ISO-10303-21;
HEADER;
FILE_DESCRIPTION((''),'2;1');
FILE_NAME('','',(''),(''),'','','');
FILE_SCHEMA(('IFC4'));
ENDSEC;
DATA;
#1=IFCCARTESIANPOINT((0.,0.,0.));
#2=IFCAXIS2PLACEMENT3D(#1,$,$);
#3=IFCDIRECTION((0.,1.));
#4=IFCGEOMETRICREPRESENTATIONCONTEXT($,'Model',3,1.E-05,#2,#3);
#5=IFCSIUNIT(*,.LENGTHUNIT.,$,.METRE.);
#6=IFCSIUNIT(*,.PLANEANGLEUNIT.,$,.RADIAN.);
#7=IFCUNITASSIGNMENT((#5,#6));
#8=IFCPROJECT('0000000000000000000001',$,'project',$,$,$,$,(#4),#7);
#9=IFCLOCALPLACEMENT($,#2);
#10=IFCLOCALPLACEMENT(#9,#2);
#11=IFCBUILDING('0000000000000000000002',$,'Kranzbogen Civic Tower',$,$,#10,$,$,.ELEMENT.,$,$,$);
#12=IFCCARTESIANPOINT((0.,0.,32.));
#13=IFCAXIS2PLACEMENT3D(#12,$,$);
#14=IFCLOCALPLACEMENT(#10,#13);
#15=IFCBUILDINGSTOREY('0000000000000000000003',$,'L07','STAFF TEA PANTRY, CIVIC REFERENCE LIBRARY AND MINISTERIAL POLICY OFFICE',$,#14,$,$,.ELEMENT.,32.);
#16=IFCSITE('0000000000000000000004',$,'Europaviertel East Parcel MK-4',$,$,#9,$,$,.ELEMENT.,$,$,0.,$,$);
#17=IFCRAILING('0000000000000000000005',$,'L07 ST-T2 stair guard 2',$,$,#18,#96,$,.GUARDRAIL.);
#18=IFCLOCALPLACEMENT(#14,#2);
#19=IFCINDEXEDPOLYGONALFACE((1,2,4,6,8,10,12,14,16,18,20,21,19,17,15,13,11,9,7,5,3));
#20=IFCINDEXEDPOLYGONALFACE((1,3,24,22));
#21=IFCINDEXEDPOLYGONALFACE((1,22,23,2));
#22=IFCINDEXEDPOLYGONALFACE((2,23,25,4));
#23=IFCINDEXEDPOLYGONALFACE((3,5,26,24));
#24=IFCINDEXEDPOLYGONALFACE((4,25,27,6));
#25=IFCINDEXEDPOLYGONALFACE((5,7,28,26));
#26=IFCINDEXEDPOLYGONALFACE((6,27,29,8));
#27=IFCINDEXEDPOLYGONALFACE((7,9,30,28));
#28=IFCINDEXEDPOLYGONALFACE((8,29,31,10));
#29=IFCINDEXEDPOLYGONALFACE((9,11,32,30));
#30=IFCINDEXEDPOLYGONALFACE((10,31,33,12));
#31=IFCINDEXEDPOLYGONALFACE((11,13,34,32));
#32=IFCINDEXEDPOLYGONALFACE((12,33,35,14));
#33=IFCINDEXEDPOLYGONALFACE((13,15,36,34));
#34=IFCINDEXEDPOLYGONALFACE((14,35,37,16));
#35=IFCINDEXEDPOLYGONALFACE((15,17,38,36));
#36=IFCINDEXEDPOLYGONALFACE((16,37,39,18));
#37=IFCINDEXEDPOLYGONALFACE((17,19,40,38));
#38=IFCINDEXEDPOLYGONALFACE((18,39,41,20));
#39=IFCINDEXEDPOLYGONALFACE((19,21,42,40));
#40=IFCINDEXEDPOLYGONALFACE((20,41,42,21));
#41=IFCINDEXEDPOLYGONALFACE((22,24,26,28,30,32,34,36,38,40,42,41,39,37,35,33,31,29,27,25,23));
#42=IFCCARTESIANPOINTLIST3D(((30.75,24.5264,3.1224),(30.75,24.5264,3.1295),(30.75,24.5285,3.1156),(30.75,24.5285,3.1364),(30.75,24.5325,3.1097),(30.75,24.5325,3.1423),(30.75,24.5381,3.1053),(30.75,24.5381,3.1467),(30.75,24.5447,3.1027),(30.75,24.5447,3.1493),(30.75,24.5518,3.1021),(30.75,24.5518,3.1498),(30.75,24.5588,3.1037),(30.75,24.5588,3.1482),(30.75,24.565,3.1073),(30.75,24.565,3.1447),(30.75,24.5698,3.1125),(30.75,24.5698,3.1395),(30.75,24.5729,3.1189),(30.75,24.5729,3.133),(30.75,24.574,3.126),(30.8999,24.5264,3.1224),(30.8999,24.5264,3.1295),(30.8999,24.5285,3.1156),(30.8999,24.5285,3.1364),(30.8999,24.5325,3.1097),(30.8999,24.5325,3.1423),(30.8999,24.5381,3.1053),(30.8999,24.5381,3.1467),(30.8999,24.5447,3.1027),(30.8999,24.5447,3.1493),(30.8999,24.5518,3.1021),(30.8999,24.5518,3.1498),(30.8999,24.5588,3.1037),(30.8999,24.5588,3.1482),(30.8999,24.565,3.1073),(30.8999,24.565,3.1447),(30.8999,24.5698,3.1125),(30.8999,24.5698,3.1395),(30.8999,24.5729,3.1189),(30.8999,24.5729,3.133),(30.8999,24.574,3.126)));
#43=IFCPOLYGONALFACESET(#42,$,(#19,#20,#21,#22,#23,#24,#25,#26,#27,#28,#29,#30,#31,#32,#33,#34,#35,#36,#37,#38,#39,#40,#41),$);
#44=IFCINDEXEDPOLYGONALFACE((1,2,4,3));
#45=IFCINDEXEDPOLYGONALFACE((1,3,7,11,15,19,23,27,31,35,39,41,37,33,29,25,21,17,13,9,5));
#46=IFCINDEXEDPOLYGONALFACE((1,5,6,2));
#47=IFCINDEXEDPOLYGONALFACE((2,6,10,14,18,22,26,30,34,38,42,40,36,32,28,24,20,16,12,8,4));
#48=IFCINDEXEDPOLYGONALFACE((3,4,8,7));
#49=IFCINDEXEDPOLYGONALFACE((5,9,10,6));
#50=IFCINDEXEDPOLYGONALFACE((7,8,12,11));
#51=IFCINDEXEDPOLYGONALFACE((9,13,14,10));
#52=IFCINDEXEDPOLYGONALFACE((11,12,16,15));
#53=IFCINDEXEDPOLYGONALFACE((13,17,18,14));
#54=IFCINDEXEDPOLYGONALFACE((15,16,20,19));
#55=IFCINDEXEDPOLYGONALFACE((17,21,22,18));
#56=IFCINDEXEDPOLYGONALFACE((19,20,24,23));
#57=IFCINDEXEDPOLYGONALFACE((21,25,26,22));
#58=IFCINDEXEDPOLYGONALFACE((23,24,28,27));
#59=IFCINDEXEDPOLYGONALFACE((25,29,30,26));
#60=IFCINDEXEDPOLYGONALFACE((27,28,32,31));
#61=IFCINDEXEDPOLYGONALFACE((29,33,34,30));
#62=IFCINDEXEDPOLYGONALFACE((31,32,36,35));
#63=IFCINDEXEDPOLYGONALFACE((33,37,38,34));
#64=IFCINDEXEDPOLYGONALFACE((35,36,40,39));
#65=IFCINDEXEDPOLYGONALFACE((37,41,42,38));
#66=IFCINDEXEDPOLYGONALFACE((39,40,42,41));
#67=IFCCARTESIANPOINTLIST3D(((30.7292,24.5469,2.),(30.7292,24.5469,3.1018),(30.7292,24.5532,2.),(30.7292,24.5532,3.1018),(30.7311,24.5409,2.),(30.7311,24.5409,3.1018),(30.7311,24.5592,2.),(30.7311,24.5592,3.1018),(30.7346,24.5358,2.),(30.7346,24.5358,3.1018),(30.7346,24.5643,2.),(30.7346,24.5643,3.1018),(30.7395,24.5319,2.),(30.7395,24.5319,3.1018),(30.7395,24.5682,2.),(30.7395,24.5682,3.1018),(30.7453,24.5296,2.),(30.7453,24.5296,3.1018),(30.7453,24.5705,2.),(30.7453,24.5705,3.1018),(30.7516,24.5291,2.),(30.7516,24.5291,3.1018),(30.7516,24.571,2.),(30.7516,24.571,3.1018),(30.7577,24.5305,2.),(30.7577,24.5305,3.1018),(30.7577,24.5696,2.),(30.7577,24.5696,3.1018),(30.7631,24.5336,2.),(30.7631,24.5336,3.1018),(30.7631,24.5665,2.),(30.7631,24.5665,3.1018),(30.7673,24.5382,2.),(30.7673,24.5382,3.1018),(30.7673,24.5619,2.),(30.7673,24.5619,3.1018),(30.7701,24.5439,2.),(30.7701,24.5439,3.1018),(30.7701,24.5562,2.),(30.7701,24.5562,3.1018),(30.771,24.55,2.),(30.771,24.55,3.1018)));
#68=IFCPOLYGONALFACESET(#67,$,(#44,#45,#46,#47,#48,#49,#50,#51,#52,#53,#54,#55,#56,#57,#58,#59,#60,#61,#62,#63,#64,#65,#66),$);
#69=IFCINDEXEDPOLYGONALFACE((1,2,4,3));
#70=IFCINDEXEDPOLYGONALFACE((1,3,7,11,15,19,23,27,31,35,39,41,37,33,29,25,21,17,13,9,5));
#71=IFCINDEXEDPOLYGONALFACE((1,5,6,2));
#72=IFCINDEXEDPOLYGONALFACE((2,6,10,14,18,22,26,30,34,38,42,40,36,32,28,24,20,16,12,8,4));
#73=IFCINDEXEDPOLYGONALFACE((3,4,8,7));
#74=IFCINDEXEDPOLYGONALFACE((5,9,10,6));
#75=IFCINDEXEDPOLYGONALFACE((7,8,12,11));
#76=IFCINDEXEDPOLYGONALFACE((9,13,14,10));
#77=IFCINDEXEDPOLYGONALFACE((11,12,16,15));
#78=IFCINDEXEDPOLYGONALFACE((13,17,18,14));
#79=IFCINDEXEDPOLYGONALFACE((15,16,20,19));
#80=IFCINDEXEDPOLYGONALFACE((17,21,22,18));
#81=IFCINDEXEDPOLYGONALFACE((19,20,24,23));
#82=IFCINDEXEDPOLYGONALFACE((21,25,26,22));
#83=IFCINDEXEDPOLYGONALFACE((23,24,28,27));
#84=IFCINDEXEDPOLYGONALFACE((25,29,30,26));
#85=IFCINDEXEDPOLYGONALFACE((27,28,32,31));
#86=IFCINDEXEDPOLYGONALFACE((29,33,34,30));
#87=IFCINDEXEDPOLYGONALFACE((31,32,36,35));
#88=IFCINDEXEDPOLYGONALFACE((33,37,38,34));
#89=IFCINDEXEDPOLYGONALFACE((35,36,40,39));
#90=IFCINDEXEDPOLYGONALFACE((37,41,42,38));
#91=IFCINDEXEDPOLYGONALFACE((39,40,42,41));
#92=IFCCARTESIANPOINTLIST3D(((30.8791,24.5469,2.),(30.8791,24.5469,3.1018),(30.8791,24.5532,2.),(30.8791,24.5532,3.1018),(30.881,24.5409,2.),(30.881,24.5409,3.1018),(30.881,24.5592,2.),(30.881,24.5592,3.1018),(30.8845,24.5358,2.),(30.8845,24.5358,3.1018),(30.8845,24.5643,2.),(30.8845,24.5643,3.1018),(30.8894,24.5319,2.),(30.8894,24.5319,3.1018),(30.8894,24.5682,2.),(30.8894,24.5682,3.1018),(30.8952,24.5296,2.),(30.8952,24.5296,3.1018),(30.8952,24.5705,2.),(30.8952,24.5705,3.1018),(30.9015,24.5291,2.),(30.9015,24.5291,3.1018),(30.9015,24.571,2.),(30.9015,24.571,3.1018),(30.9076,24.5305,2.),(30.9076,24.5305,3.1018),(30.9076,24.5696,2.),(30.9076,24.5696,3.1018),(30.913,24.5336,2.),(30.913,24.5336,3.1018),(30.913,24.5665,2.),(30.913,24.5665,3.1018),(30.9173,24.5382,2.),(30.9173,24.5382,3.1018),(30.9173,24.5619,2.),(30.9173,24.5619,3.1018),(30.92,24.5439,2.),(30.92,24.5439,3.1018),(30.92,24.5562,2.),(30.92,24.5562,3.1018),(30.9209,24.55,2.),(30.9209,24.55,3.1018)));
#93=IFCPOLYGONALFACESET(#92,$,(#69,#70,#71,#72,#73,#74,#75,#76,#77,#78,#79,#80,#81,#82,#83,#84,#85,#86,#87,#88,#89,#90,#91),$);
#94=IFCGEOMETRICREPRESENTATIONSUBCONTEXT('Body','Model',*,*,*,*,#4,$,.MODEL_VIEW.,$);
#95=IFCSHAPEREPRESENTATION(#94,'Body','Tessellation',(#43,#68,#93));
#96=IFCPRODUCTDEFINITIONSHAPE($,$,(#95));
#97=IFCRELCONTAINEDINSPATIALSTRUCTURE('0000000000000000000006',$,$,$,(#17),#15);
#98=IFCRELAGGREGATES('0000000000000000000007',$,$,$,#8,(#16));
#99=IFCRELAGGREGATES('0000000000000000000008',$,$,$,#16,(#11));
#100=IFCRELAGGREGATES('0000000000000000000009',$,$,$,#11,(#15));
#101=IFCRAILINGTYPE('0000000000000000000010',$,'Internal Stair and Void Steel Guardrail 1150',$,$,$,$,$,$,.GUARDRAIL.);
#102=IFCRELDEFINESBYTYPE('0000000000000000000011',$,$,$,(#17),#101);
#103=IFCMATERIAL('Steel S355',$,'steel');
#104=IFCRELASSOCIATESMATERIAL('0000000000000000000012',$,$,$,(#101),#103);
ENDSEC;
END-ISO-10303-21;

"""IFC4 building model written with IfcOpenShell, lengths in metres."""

from ifc_helpers import new_model, si_unit, direction, frame, origin, origin_2d, place, context, subcontext, project, spatial, circle, extrude, material, type_object, element, save


model = new_model("IFC4")

# Units and contexts
model_context = context("Model", 3, precision=1e-05, world=origin(), true_north=direction((0.0, 1.0)))
body_context = subcontext(model_context, "Body", "Model", "MODEL_VIEW")
ifc_project = project(units=[si_unit("LENGTHUNIT", "METRE"), si_unit("PLANEANGLEUNIT", "RADIAN")], contexts=[model_context])

# Site, building, storey
site_placement = place(None, origin())
site = spatial("IfcSite", under=ifc_project, at=site_placement, Name="Europaviertel East Parcel MK-4", CompositionType="ELEMENT", RefElevation=0.0)
building_placement = place(site_placement, origin())
building = spatial("IfcBuilding", under=site, at=building_placement, Name="Kranzbogen Civic Tower", CompositionType="ELEMENT")
storey_placement = place(building_placement, frame((0.0, 0.0, 32.0)))
storey = spatial("IfcBuildingStorey", under=building, at=storey_placement, Name="L07", Description="STAFF TEA PANTRY, CIVIC REFERENCE LIBRARY AND MINISTERIAL POLICY OFFICE", CompositionType="ELEMENT", Elevation=32.0)

# Shared definitions
ifc_material_1 = material(Name="Steel S355", Category="steel")

# Railing
railing_type_1 = type_object("IfcRailingType", Name="Internal Stair and Void Steel Guardrail 1150", PredefinedType="GUARDRAIL", material=ifc_material_1)
railing_1_placement = place(storey_placement, frame((30.75, 24.55, 2.0)))
element("IfcRailing", 1, at=railing_1_placement, inside=storey, type_object=railing_type_1, Name="L07 ST-T2 stair guard 2", PredefinedType="GUARDRAIL", context=body_context, shape_type="SweptSolid", body=[
    extrude(circle(Radius=0.0239, at=origin_2d()), frame((0.0, 0.0, 1.126), z_axis=(1.0, 0.0, 0.0), x_axis=(0.0, 1.0, 0.0)), (0.0, 0.0, 1.0), 0.1499),
    extrude(circle(Radius=0.021, at=origin_2d()), origin(), (0.0, 0.0, 1.0), 1.1018),
    extrude(circle(Radius=0.021, at=origin_2d()), frame((0.1499, 0.0, 0.0)), (0.0, 0.0, 1.0), 1.1018),
])

save(model, "model.ifc")
